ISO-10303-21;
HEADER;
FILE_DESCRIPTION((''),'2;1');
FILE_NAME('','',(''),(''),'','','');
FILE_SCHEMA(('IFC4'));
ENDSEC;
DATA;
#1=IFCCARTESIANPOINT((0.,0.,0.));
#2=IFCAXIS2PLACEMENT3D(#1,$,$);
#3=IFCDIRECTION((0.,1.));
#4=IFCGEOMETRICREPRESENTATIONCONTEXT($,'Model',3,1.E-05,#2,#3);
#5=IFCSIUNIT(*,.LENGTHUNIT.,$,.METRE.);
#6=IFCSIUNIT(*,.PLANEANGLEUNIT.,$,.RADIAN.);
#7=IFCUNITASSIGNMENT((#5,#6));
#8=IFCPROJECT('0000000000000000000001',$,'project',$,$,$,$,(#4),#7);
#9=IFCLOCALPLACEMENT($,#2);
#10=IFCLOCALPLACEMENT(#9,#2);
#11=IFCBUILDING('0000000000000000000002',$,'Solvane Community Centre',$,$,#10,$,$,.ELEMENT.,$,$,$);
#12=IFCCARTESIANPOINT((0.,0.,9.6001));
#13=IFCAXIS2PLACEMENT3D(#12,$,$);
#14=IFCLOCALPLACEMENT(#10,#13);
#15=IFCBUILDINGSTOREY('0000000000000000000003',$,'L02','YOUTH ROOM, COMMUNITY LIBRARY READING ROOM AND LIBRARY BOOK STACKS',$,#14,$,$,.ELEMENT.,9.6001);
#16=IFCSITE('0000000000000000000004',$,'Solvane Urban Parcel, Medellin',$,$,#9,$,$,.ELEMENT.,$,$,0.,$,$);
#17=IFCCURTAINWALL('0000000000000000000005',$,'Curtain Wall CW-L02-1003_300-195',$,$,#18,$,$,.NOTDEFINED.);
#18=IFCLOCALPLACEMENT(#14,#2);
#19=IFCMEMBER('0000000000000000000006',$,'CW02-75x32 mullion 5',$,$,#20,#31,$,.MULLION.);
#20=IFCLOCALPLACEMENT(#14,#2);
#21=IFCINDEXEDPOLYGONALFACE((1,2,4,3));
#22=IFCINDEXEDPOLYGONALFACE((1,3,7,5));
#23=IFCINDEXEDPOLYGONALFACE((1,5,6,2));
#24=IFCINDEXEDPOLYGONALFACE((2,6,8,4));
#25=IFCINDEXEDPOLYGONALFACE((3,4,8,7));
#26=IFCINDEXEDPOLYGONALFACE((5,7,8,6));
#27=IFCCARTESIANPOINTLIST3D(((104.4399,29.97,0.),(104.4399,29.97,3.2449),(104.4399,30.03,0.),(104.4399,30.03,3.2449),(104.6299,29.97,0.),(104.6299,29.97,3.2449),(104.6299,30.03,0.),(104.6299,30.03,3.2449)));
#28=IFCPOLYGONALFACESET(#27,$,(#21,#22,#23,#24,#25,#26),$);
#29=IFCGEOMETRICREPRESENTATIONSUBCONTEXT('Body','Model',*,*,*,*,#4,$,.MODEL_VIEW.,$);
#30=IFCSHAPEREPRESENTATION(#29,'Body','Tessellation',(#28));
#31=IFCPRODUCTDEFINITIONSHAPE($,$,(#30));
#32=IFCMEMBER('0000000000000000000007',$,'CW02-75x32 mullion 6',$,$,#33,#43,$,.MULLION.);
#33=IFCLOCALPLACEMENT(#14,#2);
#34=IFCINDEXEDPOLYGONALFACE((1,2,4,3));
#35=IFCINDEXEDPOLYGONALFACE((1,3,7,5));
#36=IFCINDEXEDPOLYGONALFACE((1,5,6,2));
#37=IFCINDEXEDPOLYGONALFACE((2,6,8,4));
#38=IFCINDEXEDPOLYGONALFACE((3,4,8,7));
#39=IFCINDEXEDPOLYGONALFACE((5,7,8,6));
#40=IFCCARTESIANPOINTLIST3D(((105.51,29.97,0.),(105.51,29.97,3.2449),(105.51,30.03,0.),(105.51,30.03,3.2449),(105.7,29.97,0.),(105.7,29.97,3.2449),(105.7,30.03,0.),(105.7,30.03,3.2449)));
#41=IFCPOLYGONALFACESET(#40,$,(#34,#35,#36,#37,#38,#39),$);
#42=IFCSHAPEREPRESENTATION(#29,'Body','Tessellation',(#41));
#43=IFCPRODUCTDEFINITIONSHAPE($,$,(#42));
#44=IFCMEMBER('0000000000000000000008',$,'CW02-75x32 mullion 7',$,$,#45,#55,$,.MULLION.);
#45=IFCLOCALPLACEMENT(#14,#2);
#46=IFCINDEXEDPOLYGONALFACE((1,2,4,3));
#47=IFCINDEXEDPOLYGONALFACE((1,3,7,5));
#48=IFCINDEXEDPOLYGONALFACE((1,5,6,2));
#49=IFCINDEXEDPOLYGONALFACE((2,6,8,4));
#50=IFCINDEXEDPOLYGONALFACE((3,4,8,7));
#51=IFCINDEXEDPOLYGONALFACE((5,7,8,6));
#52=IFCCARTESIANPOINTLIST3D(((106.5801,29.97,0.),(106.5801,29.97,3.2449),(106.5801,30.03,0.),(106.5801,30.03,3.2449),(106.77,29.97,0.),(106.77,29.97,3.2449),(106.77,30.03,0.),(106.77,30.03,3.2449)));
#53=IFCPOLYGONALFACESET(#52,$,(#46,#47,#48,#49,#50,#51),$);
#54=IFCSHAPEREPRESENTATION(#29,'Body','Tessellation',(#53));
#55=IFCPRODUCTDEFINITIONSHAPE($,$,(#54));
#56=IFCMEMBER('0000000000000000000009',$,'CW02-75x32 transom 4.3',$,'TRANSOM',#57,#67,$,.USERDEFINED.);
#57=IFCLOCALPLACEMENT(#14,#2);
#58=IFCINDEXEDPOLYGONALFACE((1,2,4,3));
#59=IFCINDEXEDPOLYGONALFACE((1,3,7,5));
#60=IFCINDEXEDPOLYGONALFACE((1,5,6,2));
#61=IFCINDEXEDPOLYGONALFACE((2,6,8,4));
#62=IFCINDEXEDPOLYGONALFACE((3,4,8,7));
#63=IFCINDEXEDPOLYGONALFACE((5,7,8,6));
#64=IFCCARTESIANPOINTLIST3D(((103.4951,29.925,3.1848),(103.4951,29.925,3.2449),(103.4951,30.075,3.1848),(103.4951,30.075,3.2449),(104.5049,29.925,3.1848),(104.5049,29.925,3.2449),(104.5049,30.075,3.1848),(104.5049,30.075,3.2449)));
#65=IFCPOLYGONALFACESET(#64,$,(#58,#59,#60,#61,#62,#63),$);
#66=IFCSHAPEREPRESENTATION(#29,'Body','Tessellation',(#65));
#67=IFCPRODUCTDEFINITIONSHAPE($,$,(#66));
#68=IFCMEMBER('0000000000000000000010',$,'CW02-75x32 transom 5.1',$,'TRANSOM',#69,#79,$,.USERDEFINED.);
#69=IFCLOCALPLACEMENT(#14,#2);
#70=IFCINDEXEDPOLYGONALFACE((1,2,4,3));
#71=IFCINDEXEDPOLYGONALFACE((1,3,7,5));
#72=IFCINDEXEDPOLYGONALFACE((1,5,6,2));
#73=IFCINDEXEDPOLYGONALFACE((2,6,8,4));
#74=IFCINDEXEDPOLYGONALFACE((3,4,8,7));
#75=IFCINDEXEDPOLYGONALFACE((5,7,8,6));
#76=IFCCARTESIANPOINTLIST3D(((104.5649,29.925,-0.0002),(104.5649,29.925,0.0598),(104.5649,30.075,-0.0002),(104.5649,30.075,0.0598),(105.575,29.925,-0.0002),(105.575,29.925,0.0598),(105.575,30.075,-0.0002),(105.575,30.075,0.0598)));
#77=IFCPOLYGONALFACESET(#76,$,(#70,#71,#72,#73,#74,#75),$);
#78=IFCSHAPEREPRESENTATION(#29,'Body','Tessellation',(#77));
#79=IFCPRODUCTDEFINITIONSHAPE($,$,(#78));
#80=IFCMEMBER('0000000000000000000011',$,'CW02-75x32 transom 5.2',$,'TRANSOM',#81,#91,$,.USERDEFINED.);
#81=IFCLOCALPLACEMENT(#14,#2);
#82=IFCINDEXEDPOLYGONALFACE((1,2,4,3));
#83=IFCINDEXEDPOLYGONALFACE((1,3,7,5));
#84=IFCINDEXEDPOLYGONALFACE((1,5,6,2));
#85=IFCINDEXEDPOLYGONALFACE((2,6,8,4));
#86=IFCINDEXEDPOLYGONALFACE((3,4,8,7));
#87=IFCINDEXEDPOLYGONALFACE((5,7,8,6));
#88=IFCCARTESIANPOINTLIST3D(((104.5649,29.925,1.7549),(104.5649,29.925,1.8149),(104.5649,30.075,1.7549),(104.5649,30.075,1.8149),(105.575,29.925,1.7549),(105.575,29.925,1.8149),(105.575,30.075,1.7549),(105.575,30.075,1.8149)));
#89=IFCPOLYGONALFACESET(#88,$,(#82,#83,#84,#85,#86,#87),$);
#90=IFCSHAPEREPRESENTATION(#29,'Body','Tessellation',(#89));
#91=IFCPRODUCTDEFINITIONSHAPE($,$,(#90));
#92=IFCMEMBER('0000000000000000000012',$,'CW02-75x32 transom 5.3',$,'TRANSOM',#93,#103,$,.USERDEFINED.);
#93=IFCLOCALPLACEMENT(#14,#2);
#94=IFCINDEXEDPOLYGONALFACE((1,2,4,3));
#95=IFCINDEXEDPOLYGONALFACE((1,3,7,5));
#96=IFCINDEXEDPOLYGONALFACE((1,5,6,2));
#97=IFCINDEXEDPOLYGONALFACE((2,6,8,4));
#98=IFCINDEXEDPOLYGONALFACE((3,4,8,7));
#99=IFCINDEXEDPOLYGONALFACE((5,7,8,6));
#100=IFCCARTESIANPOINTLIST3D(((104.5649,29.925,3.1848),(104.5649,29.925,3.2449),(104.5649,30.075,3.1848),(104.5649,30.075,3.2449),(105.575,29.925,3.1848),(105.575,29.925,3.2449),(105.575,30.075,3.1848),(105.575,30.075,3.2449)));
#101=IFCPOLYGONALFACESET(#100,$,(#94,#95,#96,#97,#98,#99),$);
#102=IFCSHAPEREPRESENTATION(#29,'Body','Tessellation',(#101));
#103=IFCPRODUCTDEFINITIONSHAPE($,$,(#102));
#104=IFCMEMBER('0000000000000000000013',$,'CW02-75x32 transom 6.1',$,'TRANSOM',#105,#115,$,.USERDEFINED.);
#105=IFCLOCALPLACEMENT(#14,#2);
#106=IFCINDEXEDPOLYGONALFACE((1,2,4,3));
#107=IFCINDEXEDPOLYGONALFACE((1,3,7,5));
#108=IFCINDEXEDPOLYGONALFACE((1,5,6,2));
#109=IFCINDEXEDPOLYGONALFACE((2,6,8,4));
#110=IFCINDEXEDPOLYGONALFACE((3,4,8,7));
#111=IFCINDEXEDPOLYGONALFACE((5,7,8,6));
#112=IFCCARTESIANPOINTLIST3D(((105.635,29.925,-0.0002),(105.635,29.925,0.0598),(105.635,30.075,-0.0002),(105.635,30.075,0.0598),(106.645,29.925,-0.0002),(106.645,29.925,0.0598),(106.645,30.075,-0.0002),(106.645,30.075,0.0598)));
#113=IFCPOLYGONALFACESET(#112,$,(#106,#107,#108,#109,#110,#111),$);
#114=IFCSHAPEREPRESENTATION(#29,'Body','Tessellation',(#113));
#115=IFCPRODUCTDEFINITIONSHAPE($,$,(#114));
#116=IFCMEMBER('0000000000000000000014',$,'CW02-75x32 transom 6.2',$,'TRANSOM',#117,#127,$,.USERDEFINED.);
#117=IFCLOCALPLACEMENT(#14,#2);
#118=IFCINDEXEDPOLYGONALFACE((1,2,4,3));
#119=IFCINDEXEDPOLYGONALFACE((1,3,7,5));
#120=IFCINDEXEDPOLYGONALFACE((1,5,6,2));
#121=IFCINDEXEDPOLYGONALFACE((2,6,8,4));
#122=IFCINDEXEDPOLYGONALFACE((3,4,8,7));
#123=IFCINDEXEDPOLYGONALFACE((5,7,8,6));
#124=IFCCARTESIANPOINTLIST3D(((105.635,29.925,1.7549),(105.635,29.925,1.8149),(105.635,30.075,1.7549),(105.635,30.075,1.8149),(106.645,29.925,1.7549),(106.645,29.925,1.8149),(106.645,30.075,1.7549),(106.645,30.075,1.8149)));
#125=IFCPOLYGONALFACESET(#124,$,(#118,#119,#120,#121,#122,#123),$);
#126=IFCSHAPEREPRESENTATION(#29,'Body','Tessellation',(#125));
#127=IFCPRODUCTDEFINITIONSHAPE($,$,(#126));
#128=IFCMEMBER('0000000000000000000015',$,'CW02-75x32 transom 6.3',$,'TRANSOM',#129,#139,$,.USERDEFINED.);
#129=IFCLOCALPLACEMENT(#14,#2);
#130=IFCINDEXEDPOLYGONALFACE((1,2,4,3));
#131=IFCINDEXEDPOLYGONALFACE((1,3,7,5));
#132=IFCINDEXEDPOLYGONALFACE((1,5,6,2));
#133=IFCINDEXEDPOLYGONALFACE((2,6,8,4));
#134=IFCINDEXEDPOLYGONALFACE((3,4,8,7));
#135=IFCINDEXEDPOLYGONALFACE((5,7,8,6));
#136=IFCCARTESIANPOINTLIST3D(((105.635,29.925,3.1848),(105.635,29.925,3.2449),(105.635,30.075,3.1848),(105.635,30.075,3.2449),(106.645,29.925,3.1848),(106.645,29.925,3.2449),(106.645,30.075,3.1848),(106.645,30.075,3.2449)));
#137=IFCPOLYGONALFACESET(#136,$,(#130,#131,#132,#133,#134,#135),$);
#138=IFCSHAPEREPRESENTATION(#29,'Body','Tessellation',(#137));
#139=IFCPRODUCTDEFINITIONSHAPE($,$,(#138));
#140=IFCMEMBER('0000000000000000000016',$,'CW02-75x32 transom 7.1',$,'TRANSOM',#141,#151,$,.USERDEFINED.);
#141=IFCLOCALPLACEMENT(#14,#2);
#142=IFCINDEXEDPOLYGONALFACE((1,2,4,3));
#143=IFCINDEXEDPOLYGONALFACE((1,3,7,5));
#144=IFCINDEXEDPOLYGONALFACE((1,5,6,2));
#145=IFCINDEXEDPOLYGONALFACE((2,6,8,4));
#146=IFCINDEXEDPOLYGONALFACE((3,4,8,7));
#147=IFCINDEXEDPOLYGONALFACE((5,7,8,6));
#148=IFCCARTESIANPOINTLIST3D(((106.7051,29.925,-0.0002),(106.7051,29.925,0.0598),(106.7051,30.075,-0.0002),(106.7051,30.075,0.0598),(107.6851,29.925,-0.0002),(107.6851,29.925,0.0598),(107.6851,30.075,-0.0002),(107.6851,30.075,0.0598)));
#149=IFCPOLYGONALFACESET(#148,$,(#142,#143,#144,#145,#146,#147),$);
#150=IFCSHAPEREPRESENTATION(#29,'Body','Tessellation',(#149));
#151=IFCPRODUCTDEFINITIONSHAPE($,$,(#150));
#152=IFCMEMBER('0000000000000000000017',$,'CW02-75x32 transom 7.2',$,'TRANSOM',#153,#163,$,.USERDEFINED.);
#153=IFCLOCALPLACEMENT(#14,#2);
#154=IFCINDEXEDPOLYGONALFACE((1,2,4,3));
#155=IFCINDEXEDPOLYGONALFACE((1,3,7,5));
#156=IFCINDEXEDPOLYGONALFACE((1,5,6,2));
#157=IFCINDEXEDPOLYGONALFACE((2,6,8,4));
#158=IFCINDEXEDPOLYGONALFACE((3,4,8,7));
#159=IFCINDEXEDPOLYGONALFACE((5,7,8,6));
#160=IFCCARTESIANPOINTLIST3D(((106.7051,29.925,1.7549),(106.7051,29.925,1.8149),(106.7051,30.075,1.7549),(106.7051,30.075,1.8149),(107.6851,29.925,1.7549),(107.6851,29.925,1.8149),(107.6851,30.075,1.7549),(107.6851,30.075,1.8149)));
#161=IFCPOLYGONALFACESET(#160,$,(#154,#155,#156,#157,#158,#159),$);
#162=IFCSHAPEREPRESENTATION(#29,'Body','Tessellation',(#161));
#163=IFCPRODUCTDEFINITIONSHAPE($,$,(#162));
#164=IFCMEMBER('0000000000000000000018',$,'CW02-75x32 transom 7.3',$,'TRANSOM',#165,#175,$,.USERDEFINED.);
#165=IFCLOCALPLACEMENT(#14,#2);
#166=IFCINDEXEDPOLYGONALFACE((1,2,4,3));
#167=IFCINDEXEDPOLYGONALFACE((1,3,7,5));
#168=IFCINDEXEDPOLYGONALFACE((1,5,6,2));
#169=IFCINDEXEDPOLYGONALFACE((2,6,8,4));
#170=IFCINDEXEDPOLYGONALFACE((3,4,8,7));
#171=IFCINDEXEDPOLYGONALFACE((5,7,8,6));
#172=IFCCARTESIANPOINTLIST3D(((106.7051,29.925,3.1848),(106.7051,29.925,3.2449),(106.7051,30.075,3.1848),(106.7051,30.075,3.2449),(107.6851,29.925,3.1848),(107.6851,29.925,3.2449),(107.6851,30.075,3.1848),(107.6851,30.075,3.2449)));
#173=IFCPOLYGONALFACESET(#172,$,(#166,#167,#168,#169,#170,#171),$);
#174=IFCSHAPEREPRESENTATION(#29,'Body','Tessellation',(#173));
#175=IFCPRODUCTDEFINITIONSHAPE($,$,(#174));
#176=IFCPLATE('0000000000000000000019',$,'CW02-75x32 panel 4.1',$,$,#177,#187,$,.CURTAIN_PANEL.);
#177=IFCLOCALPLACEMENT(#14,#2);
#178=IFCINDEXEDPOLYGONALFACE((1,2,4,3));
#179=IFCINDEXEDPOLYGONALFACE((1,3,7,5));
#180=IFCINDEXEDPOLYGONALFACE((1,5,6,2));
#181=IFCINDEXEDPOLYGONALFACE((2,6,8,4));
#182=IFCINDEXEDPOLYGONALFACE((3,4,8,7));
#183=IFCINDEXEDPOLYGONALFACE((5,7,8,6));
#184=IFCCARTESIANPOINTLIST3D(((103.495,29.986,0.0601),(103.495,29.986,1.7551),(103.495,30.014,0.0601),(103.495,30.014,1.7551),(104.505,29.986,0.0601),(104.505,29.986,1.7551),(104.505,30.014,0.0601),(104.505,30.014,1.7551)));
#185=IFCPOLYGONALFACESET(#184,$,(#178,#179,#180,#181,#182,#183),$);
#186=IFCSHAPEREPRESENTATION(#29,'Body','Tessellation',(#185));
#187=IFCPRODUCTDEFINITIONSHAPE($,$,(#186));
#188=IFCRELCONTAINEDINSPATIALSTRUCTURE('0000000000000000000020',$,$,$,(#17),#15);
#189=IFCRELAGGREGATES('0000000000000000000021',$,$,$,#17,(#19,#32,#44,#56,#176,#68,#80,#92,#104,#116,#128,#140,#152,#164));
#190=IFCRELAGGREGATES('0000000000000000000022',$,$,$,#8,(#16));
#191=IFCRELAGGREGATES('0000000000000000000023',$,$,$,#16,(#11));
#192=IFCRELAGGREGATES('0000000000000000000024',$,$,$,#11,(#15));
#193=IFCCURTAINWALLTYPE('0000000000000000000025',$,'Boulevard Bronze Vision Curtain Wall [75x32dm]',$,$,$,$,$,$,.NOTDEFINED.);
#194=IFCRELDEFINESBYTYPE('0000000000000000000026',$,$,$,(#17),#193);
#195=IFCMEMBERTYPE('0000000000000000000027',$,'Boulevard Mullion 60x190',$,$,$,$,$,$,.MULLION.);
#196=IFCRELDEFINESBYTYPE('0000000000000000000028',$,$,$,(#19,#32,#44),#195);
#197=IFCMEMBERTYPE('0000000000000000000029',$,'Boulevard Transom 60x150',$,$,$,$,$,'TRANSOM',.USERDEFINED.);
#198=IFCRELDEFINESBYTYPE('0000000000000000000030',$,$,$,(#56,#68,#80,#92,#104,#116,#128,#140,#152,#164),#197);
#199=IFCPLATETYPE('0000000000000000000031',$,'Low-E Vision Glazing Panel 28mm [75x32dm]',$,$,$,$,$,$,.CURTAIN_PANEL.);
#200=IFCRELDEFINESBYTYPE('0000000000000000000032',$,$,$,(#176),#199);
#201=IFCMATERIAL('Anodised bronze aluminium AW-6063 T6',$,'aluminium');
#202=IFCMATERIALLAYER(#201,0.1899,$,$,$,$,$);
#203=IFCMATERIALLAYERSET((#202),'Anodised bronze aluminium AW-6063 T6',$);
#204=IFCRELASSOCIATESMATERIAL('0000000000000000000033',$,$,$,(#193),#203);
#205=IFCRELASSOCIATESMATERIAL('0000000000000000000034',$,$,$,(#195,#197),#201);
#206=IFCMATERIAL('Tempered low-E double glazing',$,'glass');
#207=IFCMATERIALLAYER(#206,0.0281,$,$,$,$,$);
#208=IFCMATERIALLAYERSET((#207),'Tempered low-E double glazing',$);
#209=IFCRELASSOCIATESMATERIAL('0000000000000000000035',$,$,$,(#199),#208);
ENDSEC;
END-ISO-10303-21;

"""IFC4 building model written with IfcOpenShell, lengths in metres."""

from ifc_helpers import new_model, si_unit, direction, frame, origin, origin_2d, place, context, subcontext, project, spatial, rectangle, extrude, material, layer, layer_set, material_profile, profile_set, type_object, element, aggregate, save


model = new_model("IFC4")

# Units and contexts
model_context = context("Model", 3, precision=1e-05, world=origin(), true_north=direction((0.0, 1.0)))
body_context = subcontext(model_context, "Body", "Model", "MODEL_VIEW")
ifc_project = project(units=[si_unit("LENGTHUNIT", "METRE"), si_unit("PLANEANGLEUNIT", "RADIAN")], contexts=[model_context])

# Site, building, storey
site_placement = place(None, origin())
site = spatial("IfcSite", under=ifc_project, at=site_placement, Name="Solvane Urban Parcel, Medellin", CompositionType="ELEMENT", RefElevation=0.0)
building_placement = place(site_placement, origin())
building = spatial("IfcBuilding", under=site, at=building_placement, Name="Solvane Community Centre", CompositionType="ELEMENT")
storey_placement = place(building_placement, frame((0.0, 0.0, 9.6001)))
storey = spatial("IfcBuildingStorey", under=building, at=storey_placement, Name="L02", Description="YOUTH ROOM, COMMUNITY LIBRARY READING ROOM AND LIBRARY BOOK STACKS", CompositionType="ELEMENT", Elevation=9.6001)

# Curtain wall, members, plate
ifc_material_1 = material(Name="Anodised bronze aluminium AW-6063 T6", Category="aluminium")
ifc_layer_1 = layer(ifc_material_1, 0.1899)
ifc_layer_set_1 = layer_set([ifc_layer_1], Name="Anodised bronze aluminium AW-6063 T6")
curtain_wall_type = type_object("IfcCurtainWallType", Name="Boulevard Bronze Vision Curtain Wall [75x32dm]", PredefinedType="NOTDEFINED", material=ifc_layer_set_1)
curtain_wall_placement = place(storey_placement, origin())
curtain_wall = element("IfcCurtainWall", 1, at=curtain_wall_placement, inside=storey, type_object=curtain_wall_type, Name="Curtain Wall CW-L02-1003_300-195", PredefinedType="NOTDEFINED")
ifc_material_profile_1 = material_profile(ifc_material_1, rectangle(XDim=0.0601, YDim=0.1899, at=origin_2d()), Name="CW-M 60x190")
ifc_profile_set_1 = profile_set([ifc_material_profile_1], Name="Anodised bronze aluminium AW-6063 T6")
member_type_1 = type_object("IfcMemberType", Name="Boulevard Mullion 60x190", PredefinedType="MULLION", material=ifc_profile_set_1)
member_1_placement = place(storey_placement, frame((104.5349, 30.0, 0.0), z_axis=(0.0, 0.0, 1.0), x_axis=(0.0, 1.0, 0.0)))
member_1 = element("IfcMember", 2, at=member_1_placement, type_object=member_type_1, Name="CW02-75x32 mullion 5", PredefinedType="MULLION", context=body_context, shape_type="SweptSolid", body=[
    extrude(rectangle(XDim=0.0601, YDim=0.1899, at=origin_2d()), origin(), (0.0, 0.0, 1.0), 3.2449),
])
member_2_placement = place(storey_placement, frame((105.605, 30.0, 0.0), z_axis=(0.0, 0.0, 1.0), x_axis=(0.0, 1.0, 0.0)))
member_2 = element("IfcMember", 3, at=member_2_placement, type_object=member_type_1, Name="CW02-75x32 mullion 6", PredefinedType="MULLION", context=body_context, shape_type="SweptSolid", body=[
    extrude(rectangle(XDim=0.0601, YDim=0.1899, at=origin_2d()), origin(), (0.0, 0.0, 1.0), 3.2449),
])
member_3_placement = place(storey_placement, frame((106.675, 30.0, 0.0), z_axis=(0.0, 0.0, 1.0), x_axis=(0.0, 1.0, 0.0)))
member_3 = element("IfcMember", 4, at=member_3_placement, type_object=member_type_1, Name="CW02-75x32 mullion 7", PredefinedType="MULLION", context=body_context, shape_type="SweptSolid", body=[
    extrude(rectangle(XDim=0.0601, YDim=0.1899, at=origin_2d()), origin(), (0.0, 0.0, 1.0), 3.2449),
])
ifc_material_profile_2 = material_profile(ifc_material_1, rectangle(XDim=0.1499, YDim=0.0601, at=origin_2d()), Name="CW-T 60x150")
ifc_profile_set_2 = profile_set([ifc_material_profile_2], Name="Anodised bronze aluminium AW-6063 T6")
member_type_2 = type_object("IfcMemberType", Name="Boulevard Transom 60x150", ElementType="TRANSOM", PredefinedType="USERDEFINED", material=ifc_profile_set_2)
member_4_placement = place(storey_placement, frame((103.4951, 30.0, 3.2148), z_axis=(1.0, 0.0, 0.0), x_axis=(0.0, 1.0, 0.0)))
member_4 = element("IfcMember", 5, at=member_4_placement, type_object=member_type_2, Name="CW02-75x32 transom 4.3", ObjectType="TRANSOM", PredefinedType="USERDEFINED", context=body_context, shape_type="SweptSolid", body=[
    extrude(rectangle(XDim=0.1499, YDim=0.0601, at=origin_2d()), origin(), (0.0, 0.0, 1.0), 1.0098),
])
member_5_placement = place(storey_placement, frame((104.5649, 30.0, 0.0298), z_axis=(1.0, 0.0, 0.0), x_axis=(0.0, 1.0, 0.0)))
member_5 = element("IfcMember", 6, at=member_5_placement, type_object=member_type_2, Name="CW02-75x32 transom 5.1", ObjectType="TRANSOM", PredefinedType="USERDEFINED", context=body_context, shape_type="SweptSolid", body=[
    extrude(rectangle(XDim=0.1499, YDim=0.0601, at=origin_2d()), origin(), (0.0, 0.0, 1.0), 1.01),
])
member_6_placement = place(storey_placement, frame((104.5649, 30.0, 1.7849), z_axis=(1.0, 0.0, 0.0), x_axis=(0.0, 1.0, 0.0)))
member_6 = element("IfcMember", 7, at=member_6_placement, type_object=member_type_2, Name="CW02-75x32 transom 5.2", ObjectType="TRANSOM", PredefinedType="USERDEFINED", context=body_context, shape_type="SweptSolid", body=[
    extrude(rectangle(XDim=0.1499, YDim=0.0601, at=origin_2d()), origin(), (0.0, 0.0, 1.0), 1.01),
])
member_7_placement = place(storey_placement, frame((104.5649, 30.0, 3.2148), z_axis=(1.0, 0.0, 0.0), x_axis=(0.0, 1.0, 0.0)))
member_7 = element("IfcMember", 8, at=member_7_placement, type_object=member_type_2, Name="CW02-75x32 transom 5.3", ObjectType="TRANSOM", PredefinedType="USERDEFINED", context=body_context, shape_type="SweptSolid", body=[
    extrude(rectangle(XDim=0.1499, YDim=0.0601, at=origin_2d()), origin(), (0.0, 0.0, 1.0), 1.01),
])
member_8_placement = place(storey_placement, frame((105.635, 30.0, 0.0298), z_axis=(1.0, 0.0, 0.0), x_axis=(0.0, 1.0, 0.0)))
member_8 = element("IfcMember", 9, at=member_8_placement, type_object=member_type_2, Name="CW02-75x32 transom 6.1", ObjectType="TRANSOM", PredefinedType="USERDEFINED", context=body_context, shape_type="SweptSolid", body=[
    extrude(rectangle(XDim=0.1499, YDim=0.0601, at=origin_2d()), origin(), (0.0, 0.0, 1.0), 1.01),
])
member_9_placement = place(storey_placement, frame((105.635, 30.0, 1.7849), z_axis=(1.0, 0.0, 0.0), x_axis=(0.0, 1.0, 0.0)))
member_9 = element("IfcMember", 10, at=member_9_placement, type_object=member_type_2, Name="CW02-75x32 transom 6.2", ObjectType="TRANSOM", PredefinedType="USERDEFINED", context=body_context, shape_type="SweptSolid", body=[
    extrude(rectangle(XDim=0.1499, YDim=0.0601, at=origin_2d()), origin(), (0.0, 0.0, 1.0), 1.01),
])
member_10_placement = place(storey_placement, frame((105.635, 30.0, 3.2148), z_axis=(1.0, 0.0, 0.0), x_axis=(0.0, 1.0, 0.0)))
member_10 = element("IfcMember", 11, at=member_10_placement, type_object=member_type_2, Name="CW02-75x32 transom 6.3", ObjectType="TRANSOM", PredefinedType="USERDEFINED", context=body_context, shape_type="SweptSolid", body=[
    extrude(rectangle(XDim=0.1499, YDim=0.0601, at=origin_2d()), origin(), (0.0, 0.0, 1.0), 1.01),
])
member_11_placement = place(storey_placement, frame((106.7051, 30.0, 0.0298), z_axis=(1.0, 0.0, 0.0), x_axis=(0.0, 1.0, 0.0)))
member_11 = element("IfcMember", 12, at=member_11_placement, type_object=member_type_2, Name="CW02-75x32 transom 7.1", ObjectType="TRANSOM", PredefinedType="USERDEFINED", context=body_context, shape_type="SweptSolid", body=[
    extrude(rectangle(XDim=0.1499, YDim=0.0601, at=origin_2d()), origin(), (0.0, 0.0, 1.0), 0.98),
])
member_12_placement = place(storey_placement, frame((106.7051, 30.0, 1.7849), z_axis=(1.0, 0.0, 0.0), x_axis=(0.0, 1.0, 0.0)))
member_12 = element("IfcMember", 13, at=member_12_placement, type_object=member_type_2, Name="CW02-75x32 transom 7.2", ObjectType="TRANSOM", PredefinedType="USERDEFINED", context=body_context, shape_type="SweptSolid", body=[
    extrude(rectangle(XDim=0.1499, YDim=0.0601, at=origin_2d()), origin(), (0.0, 0.0, 1.0), 0.98),
])
member_13_placement = place(storey_placement, frame((106.7051, 30.0, 3.2148), z_axis=(1.0, 0.0, 0.0), x_axis=(0.0, 1.0, 0.0)))
member_13 = element("IfcMember", 14, at=member_13_placement, type_object=member_type_2, Name="CW02-75x32 transom 7.3", ObjectType="TRANSOM", PredefinedType="USERDEFINED", context=body_context, shape_type="SweptSolid", body=[
    extrude(rectangle(XDim=0.1499, YDim=0.0601, at=origin_2d()), origin(), (0.0, 0.0, 1.0), 0.98),
])
ifc_material_2 = material(Name="Tempered low-E double glazing", Category="glass")
ifc_layer_2 = layer(ifc_material_2, 0.0281)
ifc_layer_set_2 = layer_set([ifc_layer_2], Name="Tempered low-E double glazing")
plate_type = type_object("IfcPlateType", Name="Low-E Vision Glazing Panel 28mm [75x32dm]", PredefinedType="CURTAIN_PANEL", material=ifc_layer_set_2)
plate_1_placement = place(storey_placement, frame((104.0, 30.0, 0.0601), z_axis=(0.0, 0.0, 1.0), x_axis=(1.0, 0.0, 0.0)))
plate_1 = element("IfcPlate", 15, at=plate_1_placement, type_object=plate_type, Name="CW02-75x32 panel 4.1", PredefinedType="CURTAIN_PANEL", context=body_context, shape_type="SweptSolid", body=[
    extrude(rectangle(XDim=1.01, YDim=0.0281, at=origin_2d()), origin(), (0.0, 0.0, 1.0), 1.6951),
])
aggregate(curtain_wall, [member_1, member_2, member_3, member_4, plate_1, member_5, member_6, member_7, member_8, member_9, member_10, member_11, member_12, member_13])

save(model, "model.ifc")
